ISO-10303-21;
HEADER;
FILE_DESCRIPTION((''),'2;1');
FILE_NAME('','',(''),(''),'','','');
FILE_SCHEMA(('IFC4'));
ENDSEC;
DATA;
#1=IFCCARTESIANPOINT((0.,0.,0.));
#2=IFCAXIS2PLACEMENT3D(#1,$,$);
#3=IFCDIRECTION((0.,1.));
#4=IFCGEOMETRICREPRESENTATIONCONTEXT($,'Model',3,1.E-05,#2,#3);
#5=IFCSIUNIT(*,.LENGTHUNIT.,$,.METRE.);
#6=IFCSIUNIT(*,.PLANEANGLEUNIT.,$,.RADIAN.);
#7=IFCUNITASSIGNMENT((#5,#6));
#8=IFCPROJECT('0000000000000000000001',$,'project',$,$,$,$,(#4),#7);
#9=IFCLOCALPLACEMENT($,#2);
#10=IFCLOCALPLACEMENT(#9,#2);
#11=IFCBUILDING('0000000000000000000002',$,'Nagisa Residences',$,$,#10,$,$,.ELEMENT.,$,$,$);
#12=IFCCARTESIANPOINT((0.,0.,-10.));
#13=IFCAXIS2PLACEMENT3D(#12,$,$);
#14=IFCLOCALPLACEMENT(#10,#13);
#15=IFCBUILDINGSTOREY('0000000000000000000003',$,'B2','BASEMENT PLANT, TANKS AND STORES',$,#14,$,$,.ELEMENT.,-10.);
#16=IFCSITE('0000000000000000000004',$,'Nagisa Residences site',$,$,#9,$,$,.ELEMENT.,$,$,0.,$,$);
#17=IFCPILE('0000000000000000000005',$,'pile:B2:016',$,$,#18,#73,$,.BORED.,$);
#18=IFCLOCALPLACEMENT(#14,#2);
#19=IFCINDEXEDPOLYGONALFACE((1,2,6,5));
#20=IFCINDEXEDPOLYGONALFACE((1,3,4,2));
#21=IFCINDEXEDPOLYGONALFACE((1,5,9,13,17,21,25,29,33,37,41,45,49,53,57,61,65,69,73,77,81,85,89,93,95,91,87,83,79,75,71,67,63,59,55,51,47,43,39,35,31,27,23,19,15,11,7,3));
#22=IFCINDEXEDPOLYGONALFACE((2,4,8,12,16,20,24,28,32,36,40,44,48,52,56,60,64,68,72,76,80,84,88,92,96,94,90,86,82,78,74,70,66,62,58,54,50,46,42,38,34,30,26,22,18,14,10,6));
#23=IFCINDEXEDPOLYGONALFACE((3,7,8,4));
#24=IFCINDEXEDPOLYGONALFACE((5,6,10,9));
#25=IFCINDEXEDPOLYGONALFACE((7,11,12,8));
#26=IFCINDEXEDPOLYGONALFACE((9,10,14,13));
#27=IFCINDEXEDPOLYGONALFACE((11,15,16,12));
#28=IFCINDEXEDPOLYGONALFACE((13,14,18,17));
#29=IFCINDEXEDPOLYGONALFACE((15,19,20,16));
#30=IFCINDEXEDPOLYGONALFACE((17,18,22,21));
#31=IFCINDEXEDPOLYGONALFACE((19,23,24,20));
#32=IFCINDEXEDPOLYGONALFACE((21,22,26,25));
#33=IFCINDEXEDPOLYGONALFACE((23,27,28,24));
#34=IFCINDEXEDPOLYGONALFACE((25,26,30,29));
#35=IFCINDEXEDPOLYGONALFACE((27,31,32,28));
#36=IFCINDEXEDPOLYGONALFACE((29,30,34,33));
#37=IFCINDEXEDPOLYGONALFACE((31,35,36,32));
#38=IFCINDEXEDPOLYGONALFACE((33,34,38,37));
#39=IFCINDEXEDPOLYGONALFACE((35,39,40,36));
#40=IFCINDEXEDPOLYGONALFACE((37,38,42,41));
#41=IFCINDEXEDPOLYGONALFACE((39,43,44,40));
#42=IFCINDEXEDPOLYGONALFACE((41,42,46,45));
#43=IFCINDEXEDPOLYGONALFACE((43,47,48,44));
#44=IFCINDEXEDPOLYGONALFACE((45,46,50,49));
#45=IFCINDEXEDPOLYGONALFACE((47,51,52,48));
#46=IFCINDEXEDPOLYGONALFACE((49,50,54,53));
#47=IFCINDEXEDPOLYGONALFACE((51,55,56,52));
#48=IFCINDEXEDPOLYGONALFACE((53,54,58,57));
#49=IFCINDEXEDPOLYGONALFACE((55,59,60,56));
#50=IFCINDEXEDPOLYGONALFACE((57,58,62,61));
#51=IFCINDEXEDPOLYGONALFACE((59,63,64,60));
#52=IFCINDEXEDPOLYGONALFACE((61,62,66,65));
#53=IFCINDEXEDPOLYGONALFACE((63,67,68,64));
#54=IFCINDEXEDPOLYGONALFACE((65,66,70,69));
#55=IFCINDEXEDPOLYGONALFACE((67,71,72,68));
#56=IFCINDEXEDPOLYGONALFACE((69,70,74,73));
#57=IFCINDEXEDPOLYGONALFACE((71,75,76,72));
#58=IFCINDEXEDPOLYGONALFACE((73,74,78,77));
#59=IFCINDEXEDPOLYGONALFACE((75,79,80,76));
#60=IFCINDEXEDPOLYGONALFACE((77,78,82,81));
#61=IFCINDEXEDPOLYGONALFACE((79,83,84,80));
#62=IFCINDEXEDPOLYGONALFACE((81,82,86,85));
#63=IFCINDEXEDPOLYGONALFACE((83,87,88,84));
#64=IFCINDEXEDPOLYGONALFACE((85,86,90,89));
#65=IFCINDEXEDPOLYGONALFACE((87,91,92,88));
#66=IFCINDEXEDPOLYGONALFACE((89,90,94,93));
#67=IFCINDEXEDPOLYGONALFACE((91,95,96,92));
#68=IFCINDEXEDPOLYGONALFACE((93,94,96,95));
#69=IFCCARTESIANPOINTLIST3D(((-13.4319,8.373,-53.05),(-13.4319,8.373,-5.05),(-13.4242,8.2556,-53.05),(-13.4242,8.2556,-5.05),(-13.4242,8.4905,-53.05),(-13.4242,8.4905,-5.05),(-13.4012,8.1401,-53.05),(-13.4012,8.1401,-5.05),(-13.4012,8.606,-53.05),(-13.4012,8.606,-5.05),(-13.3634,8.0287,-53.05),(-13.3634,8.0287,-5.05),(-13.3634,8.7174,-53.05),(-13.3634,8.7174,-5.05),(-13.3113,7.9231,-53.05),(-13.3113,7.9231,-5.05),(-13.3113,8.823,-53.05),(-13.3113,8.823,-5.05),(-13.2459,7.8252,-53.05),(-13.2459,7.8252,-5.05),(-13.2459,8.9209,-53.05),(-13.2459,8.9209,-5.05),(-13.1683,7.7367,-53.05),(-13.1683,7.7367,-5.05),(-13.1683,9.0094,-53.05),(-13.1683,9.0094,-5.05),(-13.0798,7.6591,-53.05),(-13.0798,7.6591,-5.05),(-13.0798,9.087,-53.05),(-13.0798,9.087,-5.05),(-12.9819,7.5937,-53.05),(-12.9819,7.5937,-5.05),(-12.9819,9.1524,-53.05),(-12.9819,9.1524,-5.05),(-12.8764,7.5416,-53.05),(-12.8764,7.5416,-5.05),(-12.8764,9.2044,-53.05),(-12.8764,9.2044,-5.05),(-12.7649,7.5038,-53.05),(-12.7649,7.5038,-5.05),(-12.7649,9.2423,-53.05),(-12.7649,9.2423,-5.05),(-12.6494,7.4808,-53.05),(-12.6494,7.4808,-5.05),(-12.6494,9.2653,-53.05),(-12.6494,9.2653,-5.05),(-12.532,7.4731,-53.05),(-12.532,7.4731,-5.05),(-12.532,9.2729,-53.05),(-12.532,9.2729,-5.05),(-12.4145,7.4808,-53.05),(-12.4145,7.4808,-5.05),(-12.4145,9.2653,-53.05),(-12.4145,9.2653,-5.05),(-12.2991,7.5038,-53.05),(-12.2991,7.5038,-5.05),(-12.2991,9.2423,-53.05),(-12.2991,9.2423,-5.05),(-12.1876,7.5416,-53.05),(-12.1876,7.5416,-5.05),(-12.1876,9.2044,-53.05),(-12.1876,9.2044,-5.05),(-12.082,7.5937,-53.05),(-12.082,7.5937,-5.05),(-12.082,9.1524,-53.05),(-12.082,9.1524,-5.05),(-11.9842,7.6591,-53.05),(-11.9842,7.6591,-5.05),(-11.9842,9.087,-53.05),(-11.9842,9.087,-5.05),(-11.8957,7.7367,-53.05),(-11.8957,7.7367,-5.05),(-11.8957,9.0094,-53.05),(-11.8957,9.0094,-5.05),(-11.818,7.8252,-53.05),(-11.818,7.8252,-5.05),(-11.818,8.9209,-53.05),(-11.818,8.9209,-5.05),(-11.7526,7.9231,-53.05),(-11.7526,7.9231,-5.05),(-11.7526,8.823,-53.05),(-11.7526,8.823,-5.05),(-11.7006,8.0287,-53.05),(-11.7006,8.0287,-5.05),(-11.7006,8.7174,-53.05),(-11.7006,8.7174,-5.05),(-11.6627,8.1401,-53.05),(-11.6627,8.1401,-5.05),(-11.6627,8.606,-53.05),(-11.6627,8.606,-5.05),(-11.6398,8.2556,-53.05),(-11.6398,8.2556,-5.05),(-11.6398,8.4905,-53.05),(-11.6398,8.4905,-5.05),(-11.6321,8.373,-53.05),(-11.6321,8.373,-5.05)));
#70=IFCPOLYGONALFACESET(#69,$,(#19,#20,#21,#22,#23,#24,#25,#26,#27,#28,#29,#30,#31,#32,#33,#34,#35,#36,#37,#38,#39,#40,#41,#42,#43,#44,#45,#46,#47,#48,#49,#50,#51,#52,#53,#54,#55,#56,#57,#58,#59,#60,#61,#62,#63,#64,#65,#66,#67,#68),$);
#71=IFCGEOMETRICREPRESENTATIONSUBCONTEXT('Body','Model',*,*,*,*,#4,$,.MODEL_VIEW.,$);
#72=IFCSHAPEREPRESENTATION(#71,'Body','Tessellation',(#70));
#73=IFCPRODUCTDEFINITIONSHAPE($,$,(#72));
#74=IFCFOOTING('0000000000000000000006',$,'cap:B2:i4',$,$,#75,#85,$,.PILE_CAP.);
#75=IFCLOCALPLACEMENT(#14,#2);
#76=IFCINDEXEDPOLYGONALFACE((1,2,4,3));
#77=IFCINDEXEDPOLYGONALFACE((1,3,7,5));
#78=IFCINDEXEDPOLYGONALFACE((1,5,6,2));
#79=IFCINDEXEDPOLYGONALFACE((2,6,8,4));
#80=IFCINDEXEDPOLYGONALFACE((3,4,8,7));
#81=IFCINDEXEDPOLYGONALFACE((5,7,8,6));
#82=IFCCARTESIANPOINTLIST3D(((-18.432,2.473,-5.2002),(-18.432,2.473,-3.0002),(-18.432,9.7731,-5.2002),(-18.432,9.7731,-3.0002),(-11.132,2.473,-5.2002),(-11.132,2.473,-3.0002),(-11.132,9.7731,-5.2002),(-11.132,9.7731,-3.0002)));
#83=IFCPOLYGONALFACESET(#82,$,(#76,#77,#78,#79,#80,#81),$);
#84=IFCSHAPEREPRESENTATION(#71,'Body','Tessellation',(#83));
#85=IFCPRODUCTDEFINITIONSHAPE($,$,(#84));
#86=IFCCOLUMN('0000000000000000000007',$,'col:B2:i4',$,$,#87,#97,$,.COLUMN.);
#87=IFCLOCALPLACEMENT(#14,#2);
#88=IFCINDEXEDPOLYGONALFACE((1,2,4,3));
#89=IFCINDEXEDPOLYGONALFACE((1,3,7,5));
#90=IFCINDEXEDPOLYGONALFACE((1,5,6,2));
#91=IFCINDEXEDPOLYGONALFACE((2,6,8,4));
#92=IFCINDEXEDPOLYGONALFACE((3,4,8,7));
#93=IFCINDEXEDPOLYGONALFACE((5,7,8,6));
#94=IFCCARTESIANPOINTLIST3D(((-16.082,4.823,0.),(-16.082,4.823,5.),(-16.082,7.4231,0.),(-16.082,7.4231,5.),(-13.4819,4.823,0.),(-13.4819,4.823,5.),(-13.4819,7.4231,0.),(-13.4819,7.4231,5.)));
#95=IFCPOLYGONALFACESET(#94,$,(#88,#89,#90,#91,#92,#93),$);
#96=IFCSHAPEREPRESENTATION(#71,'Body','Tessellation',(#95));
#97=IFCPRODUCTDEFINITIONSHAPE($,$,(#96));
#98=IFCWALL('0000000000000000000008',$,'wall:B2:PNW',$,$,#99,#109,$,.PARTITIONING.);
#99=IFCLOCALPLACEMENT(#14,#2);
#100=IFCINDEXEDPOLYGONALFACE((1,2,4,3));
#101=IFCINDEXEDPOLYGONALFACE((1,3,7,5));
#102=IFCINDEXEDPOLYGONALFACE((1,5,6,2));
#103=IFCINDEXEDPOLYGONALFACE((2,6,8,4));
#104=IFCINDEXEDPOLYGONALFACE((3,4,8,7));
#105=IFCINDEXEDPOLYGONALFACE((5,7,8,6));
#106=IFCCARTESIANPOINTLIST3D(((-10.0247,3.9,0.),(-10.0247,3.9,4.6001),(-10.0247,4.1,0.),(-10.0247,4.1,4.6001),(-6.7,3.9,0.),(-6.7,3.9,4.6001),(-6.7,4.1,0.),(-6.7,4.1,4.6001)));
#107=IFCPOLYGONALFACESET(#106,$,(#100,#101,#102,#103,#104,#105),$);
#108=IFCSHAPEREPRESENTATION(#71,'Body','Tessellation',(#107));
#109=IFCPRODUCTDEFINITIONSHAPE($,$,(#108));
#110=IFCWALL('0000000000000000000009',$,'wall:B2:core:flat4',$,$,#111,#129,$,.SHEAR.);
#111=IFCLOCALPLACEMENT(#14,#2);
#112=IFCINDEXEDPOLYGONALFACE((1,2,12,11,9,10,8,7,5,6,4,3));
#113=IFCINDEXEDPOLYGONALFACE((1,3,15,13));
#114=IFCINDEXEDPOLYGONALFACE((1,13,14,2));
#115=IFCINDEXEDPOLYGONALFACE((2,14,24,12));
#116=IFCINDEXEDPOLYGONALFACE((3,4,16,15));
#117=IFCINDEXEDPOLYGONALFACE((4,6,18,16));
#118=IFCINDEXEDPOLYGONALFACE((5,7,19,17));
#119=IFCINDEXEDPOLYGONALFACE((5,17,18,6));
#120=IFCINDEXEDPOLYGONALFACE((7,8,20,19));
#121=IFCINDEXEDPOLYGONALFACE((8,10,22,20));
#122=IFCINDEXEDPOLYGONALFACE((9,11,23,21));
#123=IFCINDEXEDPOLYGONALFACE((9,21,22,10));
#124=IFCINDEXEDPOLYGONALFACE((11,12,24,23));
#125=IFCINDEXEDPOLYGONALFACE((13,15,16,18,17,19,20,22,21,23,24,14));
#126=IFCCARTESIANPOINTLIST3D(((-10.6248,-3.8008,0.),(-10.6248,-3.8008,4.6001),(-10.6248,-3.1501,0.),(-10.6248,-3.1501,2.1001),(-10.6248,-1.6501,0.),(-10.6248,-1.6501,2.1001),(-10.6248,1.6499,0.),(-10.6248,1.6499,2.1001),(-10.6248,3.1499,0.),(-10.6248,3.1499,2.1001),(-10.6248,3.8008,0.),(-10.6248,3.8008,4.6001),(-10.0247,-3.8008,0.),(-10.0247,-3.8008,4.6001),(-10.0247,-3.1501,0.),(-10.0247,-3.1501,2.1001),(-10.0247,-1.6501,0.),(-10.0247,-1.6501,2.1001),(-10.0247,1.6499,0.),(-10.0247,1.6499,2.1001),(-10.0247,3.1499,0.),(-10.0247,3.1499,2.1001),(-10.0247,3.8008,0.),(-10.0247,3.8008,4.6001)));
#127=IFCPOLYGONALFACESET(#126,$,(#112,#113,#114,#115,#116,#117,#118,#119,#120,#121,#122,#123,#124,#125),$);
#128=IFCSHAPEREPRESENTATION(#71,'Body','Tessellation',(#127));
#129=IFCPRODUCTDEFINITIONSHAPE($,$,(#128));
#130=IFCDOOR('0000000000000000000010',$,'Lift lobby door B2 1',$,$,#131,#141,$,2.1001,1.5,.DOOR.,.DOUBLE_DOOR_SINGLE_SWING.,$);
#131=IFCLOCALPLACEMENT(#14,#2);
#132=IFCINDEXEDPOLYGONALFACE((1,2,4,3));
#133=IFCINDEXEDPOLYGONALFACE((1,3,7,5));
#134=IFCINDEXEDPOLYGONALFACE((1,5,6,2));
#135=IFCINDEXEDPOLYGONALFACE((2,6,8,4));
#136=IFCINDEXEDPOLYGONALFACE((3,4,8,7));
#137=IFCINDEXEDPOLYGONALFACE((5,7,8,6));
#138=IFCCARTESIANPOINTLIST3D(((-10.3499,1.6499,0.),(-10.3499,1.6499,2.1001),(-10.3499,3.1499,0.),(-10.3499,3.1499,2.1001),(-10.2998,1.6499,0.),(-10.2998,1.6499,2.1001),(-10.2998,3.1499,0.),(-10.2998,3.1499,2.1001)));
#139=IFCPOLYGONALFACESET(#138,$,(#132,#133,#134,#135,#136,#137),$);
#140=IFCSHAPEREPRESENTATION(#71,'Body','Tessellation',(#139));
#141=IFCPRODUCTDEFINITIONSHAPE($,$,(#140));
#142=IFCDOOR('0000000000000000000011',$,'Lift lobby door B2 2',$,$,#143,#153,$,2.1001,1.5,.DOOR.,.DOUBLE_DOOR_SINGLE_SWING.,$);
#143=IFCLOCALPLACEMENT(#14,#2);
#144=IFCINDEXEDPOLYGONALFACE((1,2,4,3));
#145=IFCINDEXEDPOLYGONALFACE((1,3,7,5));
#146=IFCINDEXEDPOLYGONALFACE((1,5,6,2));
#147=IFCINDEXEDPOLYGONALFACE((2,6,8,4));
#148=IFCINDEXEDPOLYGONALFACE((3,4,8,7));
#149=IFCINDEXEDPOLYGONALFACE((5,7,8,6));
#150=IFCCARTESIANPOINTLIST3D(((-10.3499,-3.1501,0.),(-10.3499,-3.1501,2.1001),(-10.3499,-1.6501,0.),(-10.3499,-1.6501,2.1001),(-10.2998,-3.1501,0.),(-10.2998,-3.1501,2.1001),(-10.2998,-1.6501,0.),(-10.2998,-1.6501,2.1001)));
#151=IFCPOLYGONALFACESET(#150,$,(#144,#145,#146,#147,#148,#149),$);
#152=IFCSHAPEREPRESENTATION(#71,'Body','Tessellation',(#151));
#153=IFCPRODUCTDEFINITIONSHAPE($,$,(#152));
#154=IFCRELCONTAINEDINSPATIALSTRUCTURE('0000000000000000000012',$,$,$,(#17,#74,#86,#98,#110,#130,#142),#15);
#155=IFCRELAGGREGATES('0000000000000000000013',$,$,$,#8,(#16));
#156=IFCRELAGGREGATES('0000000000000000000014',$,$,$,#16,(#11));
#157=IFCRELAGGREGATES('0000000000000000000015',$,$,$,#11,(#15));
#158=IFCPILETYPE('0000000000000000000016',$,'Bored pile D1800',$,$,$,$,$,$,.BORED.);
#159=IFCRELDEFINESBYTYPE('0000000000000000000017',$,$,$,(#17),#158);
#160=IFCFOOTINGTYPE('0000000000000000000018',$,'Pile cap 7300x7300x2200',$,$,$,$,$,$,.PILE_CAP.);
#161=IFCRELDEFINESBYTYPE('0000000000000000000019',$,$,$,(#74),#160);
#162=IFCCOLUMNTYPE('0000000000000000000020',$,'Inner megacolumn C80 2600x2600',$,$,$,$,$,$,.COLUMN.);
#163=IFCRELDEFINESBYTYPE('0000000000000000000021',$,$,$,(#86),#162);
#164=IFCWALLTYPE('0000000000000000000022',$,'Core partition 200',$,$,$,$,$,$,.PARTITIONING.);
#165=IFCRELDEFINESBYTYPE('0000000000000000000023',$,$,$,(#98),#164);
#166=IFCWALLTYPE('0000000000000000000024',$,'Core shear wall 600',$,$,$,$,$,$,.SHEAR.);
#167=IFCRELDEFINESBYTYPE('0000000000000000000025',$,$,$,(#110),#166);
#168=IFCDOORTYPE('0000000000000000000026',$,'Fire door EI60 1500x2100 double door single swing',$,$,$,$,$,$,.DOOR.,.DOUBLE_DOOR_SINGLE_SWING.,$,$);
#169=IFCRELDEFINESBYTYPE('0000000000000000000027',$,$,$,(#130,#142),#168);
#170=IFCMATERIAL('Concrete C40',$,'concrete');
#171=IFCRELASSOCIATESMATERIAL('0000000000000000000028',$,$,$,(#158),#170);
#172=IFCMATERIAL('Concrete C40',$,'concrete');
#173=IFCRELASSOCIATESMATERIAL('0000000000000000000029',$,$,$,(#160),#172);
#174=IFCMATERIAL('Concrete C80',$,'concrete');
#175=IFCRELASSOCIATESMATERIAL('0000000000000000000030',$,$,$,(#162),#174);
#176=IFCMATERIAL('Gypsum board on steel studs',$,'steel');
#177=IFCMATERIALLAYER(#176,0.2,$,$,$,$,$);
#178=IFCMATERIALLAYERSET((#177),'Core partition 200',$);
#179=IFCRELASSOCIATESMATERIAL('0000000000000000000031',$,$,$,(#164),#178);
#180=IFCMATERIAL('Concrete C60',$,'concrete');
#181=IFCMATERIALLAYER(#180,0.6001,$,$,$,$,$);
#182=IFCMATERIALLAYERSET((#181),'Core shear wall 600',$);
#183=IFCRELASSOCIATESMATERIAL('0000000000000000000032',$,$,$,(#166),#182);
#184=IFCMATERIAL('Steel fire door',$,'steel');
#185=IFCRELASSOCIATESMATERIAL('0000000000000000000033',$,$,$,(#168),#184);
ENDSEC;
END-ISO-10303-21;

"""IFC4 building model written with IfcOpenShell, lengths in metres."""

from ifc_helpers import new_model, si_unit, direction, frame, frame_2d, origin, origin_2d, place, context, subcontext, project, spatial, rectangle, circle, extrude, material, layer, layer_set, material_profile, profile_set, type_object, element, fill, save


model = new_model("IFC4")

# Units and contexts
model_context = context("Model", 3, precision=1e-05, world=origin(), true_north=direction((0.0, 1.0)))
body_context = subcontext(model_context, "Body", "Model", "MODEL_VIEW")
ifc_project = project(units=[si_unit("LENGTHUNIT", "METRE"), si_unit("PLANEANGLEUNIT", "RADIAN")], contexts=[model_context])

# Site, building, storey
site_placement = place(None, origin())
site = spatial("IfcSite", under=ifc_project, at=site_placement, Name="Nagisa Residences site", CompositionType="ELEMENT", RefElevation=0.0)
building_placement = place(site_placement, origin())
building = spatial("IfcBuilding", under=site, at=building_placement, Name="Nagisa Residences", CompositionType="ELEMENT")
storey_placement = place(building_placement, frame((0.0, 0.0, -10.0)))
storey = spatial("IfcBuildingStorey", under=building, at=storey_placement, Name="B2", Description="BASEMENT PLANT, TANKS AND STORES", CompositionType="ELEMENT", Elevation=-10.0)

# Pile
ifc_material_1 = material(Name="Concrete C40", Category="concrete")
ifc_material_profile_1 = material_profile(ifc_material_1, circle(Radius=0.8999, at=origin_2d()), Name="Bored pile D1800")
ifc_profile_set_1 = profile_set([ifc_material_profile_1], Name="Concrete C40")
pile_type = type_object("IfcPileType", Name="Bored pile D1800", PredefinedType="BORED", material=ifc_profile_set_1)
for number, where, z_axis, x_axis, name in (
    (1, (-12.532, 8.373, -5.05), (0.0, 0.0, -1.0), (1.0, 0.0, 0.0), "pile:B2:016"),
):
    element("IfcPile", number, at=place(storey_placement, frame(where, z_axis=z_axis, x_axis=x_axis)), inside=storey, type_object=pile_type, Name=name, PredefinedType="BORED", context=body_context, shape_type="SweptSolid", body=[
        extrude(circle(Radius=0.8999, at=origin_2d()), origin(), (0.0, 0.0, 1.0), 48.0),
    ])

# Footing
ifc_material_2 = material(Name="Concrete C40", Category="concrete")
footing_type = type_object("IfcFootingType", Name="Pile cap 7300x7300x2200", PredefinedType="PILE_CAP", material=ifc_material_2)
footing_placement = place(storey_placement, frame((-14.782, 6.123, -5.2002), z_axis=(0.0, 0.0, 1.0), x_axis=(1.0, 0.0, 0.0)))
element("IfcFooting", 2, at=footing_placement, inside=storey, type_object=footing_type, Name="cap:B2:i4", PredefinedType="PILE_CAP", context=body_context, shape_type="SweptSolid", body=[
    extrude(rectangle(XDim=7.3, YDim=7.3, at=origin_2d()), origin(), (0.0, 0.0, 1.0), 2.2),
])

# Column
ifc_material_3 = material(Name="Concrete C80", Category="concrete")
ifc_material_profile_2 = material_profile(ifc_material_3, rectangle(XDim=2.6001, YDim=2.6001, at=origin_2d()), Name="C80 2600x2600")
ifc_profile_set_2 = profile_set([ifc_material_profile_2], Name="Concrete C80")
column_type = type_object("IfcColumnType", Name="Inner megacolumn C80 2600x2600", PredefinedType="COLUMN", material=ifc_profile_set_2)
column_placement = place(storey_placement, frame((-14.782, 6.123, 0.0), z_axis=(0.0, 0.0, 1.0), x_axis=(1.0, 0.0, 0.0)))
element("IfcColumn", 3, at=column_placement, inside=storey, type_object=column_type, Name="col:B2:i4", PredefinedType="COLUMN", context=body_context, shape_type="SweptSolid", body=[
    extrude(rectangle(XDim=2.6001, YDim=2.6001, at=origin_2d()), origin(), (0.0, 0.0, 1.0), 5.0),
])

# Wall
ifc_material_4 = material(Name="Gypsum board on steel studs", Category="steel")
ifc_layer_1 = layer(ifc_material_4, 0.2)
ifc_layer_set_1 = layer_set([ifc_layer_1], Name="Core partition 200")
wall_type_1 = type_object("IfcWallType", Name="Core partition 200", PredefinedType="PARTITIONING", material=ifc_layer_set_1)
wall_1_placement = place(storey_placement, frame((-10.0247, 4.0, 0.0), z_axis=(0.0, 0.0, 1.0), x_axis=(1.0, 0.0, 0.0)))
element("IfcWall", 4, at=wall_1_placement, inside=storey, type_object=wall_type_1, Name="wall:B2:PNW", PredefinedType="PARTITIONING", context=body_context, shape_type="SweptSolid", body=[
    extrude(rectangle(XDim=3.3247, YDim=0.2, at=frame_2d((1.6624, 0.0))), origin(), (0.0, 0.0, 1.0), 4.6001),
])

# Wall, openings, doors
ifc_material_5 = material(Name="Concrete C60", Category="concrete")
ifc_layer_2 = layer(ifc_material_5, 0.6001)
ifc_layer_set_2 = layer_set([ifc_layer_2], Name="Core shear wall 600")
wall_type_2 = type_object("IfcWallType", Name="Core shear wall 600", PredefinedType="SHEAR", material=ifc_layer_set_2)
wall_2_placement = place(storey_placement, frame((-10.3247, 3.8008, 0.0), z_axis=(0.0, 0.0, 1.0), x_axis=(0.0, -1.0, 0.0)))
wall_2 = element("IfcWall", 5, at=wall_2_placement, inside=storey, type_object=wall_type_2, Name="wall:B2:core:flat4", PredefinedType="SHEAR", context=body_context, shape_type="SweptSolid", body=[
    extrude(rectangle(XDim=7.6016, YDim=0.6001, at=frame_2d((3.8008, 0.0))), origin(), (0.0, 0.0, 1.0), 4.6001),
])
opening_1_placement = place(wall_2_placement, frame((0.6509, 0.0, 0.0)))
opening_1 = element("IfcOpeningElement", 6, at=opening_1_placement, cuts=wall_2, PredefinedType="OPENING", context=body_context, shape_type="SweptSolid", body=[
    extrude(rectangle(XDim=1.5, YDim=2.1001, at=frame_2d((0.75, 1.05))), frame((0.0, 0.3101, 0.0), z_axis=(0.0, -1.0, 0.0), x_axis=(1.0, 0.0, 0.0)), (0.0, 0.0, 1.0), 0.6201),
])
opening_2_placement = place(wall_2_placement, frame((5.4509, 0.0, 0.0)))
opening_2 = element("IfcOpeningElement", 7, at=opening_2_placement, cuts=wall_2, PredefinedType="OPENING", context=body_context, shape_type="SweptSolid", body=[
    extrude(rectangle(XDim=1.5, YDim=2.1001, at=frame_2d((0.75, 1.05))), frame((0.0, 0.3101, 0.0), z_axis=(0.0, -1.0, 0.0), x_axis=(1.0, 0.0, 0.0)), (0.0, 0.0, 1.0), 0.6201),
])
ifc_material_6 = material(Name="Steel fire door", Category="steel")
door_type_1 = type_object("IfcDoorType", Name="Fire door EI60 1500x2100 double door single swing", OperationType="DOUBLE_DOOR_SINGLE_SWING", PredefinedType="DOOR", material=ifc_material_6)
door_1_placement = place(opening_1_placement, origin())
door_1 = element("IfcDoor", 8, at=door_1_placement, inside=storey, type_object=door_type_1, Name="Lift lobby door B2 1", OperationType="DOUBLE_DOOR_SINGLE_SWING", OverallHeight=2.1001, OverallWidth=1.5, PredefinedType="DOOR", context=body_context, shape_type="SweptSolid", body=[
    extrude(rectangle(XDim=1.5, YDim=2.1001, at=frame_2d((0.75, 1.05))), frame((0.0, 0.0249, 0.0), z_axis=(0.0, -1.0, 0.0), x_axis=(1.0, 0.0, 0.0)), (0.0, 0.0, 1.0), 0.05),
])
fill(opening_1, door_1)
door_2_placement = place(opening_2_placement, origin())
door_2 = element("IfcDoor", 9, at=door_2_placement, inside=storey, type_object=door_type_1, Name="Lift lobby door B2 2", OperationType="DOUBLE_DOOR_SINGLE_SWING", OverallHeight=2.1001, OverallWidth=1.5, PredefinedType="DOOR", context=body_context, shape_type="SweptSolid", body=[
    extrude(rectangle(XDim=1.5, YDim=2.1001, at=frame_2d((0.75, 1.05))), frame((0.0, 0.0249, 0.0), z_axis=(0.0, -1.0, 0.0), x_axis=(1.0, 0.0, 0.0)), (0.0, 0.0, 1.0), 0.05),
])
fill(opening_2, door_2)

save(model, "model.ifc")
